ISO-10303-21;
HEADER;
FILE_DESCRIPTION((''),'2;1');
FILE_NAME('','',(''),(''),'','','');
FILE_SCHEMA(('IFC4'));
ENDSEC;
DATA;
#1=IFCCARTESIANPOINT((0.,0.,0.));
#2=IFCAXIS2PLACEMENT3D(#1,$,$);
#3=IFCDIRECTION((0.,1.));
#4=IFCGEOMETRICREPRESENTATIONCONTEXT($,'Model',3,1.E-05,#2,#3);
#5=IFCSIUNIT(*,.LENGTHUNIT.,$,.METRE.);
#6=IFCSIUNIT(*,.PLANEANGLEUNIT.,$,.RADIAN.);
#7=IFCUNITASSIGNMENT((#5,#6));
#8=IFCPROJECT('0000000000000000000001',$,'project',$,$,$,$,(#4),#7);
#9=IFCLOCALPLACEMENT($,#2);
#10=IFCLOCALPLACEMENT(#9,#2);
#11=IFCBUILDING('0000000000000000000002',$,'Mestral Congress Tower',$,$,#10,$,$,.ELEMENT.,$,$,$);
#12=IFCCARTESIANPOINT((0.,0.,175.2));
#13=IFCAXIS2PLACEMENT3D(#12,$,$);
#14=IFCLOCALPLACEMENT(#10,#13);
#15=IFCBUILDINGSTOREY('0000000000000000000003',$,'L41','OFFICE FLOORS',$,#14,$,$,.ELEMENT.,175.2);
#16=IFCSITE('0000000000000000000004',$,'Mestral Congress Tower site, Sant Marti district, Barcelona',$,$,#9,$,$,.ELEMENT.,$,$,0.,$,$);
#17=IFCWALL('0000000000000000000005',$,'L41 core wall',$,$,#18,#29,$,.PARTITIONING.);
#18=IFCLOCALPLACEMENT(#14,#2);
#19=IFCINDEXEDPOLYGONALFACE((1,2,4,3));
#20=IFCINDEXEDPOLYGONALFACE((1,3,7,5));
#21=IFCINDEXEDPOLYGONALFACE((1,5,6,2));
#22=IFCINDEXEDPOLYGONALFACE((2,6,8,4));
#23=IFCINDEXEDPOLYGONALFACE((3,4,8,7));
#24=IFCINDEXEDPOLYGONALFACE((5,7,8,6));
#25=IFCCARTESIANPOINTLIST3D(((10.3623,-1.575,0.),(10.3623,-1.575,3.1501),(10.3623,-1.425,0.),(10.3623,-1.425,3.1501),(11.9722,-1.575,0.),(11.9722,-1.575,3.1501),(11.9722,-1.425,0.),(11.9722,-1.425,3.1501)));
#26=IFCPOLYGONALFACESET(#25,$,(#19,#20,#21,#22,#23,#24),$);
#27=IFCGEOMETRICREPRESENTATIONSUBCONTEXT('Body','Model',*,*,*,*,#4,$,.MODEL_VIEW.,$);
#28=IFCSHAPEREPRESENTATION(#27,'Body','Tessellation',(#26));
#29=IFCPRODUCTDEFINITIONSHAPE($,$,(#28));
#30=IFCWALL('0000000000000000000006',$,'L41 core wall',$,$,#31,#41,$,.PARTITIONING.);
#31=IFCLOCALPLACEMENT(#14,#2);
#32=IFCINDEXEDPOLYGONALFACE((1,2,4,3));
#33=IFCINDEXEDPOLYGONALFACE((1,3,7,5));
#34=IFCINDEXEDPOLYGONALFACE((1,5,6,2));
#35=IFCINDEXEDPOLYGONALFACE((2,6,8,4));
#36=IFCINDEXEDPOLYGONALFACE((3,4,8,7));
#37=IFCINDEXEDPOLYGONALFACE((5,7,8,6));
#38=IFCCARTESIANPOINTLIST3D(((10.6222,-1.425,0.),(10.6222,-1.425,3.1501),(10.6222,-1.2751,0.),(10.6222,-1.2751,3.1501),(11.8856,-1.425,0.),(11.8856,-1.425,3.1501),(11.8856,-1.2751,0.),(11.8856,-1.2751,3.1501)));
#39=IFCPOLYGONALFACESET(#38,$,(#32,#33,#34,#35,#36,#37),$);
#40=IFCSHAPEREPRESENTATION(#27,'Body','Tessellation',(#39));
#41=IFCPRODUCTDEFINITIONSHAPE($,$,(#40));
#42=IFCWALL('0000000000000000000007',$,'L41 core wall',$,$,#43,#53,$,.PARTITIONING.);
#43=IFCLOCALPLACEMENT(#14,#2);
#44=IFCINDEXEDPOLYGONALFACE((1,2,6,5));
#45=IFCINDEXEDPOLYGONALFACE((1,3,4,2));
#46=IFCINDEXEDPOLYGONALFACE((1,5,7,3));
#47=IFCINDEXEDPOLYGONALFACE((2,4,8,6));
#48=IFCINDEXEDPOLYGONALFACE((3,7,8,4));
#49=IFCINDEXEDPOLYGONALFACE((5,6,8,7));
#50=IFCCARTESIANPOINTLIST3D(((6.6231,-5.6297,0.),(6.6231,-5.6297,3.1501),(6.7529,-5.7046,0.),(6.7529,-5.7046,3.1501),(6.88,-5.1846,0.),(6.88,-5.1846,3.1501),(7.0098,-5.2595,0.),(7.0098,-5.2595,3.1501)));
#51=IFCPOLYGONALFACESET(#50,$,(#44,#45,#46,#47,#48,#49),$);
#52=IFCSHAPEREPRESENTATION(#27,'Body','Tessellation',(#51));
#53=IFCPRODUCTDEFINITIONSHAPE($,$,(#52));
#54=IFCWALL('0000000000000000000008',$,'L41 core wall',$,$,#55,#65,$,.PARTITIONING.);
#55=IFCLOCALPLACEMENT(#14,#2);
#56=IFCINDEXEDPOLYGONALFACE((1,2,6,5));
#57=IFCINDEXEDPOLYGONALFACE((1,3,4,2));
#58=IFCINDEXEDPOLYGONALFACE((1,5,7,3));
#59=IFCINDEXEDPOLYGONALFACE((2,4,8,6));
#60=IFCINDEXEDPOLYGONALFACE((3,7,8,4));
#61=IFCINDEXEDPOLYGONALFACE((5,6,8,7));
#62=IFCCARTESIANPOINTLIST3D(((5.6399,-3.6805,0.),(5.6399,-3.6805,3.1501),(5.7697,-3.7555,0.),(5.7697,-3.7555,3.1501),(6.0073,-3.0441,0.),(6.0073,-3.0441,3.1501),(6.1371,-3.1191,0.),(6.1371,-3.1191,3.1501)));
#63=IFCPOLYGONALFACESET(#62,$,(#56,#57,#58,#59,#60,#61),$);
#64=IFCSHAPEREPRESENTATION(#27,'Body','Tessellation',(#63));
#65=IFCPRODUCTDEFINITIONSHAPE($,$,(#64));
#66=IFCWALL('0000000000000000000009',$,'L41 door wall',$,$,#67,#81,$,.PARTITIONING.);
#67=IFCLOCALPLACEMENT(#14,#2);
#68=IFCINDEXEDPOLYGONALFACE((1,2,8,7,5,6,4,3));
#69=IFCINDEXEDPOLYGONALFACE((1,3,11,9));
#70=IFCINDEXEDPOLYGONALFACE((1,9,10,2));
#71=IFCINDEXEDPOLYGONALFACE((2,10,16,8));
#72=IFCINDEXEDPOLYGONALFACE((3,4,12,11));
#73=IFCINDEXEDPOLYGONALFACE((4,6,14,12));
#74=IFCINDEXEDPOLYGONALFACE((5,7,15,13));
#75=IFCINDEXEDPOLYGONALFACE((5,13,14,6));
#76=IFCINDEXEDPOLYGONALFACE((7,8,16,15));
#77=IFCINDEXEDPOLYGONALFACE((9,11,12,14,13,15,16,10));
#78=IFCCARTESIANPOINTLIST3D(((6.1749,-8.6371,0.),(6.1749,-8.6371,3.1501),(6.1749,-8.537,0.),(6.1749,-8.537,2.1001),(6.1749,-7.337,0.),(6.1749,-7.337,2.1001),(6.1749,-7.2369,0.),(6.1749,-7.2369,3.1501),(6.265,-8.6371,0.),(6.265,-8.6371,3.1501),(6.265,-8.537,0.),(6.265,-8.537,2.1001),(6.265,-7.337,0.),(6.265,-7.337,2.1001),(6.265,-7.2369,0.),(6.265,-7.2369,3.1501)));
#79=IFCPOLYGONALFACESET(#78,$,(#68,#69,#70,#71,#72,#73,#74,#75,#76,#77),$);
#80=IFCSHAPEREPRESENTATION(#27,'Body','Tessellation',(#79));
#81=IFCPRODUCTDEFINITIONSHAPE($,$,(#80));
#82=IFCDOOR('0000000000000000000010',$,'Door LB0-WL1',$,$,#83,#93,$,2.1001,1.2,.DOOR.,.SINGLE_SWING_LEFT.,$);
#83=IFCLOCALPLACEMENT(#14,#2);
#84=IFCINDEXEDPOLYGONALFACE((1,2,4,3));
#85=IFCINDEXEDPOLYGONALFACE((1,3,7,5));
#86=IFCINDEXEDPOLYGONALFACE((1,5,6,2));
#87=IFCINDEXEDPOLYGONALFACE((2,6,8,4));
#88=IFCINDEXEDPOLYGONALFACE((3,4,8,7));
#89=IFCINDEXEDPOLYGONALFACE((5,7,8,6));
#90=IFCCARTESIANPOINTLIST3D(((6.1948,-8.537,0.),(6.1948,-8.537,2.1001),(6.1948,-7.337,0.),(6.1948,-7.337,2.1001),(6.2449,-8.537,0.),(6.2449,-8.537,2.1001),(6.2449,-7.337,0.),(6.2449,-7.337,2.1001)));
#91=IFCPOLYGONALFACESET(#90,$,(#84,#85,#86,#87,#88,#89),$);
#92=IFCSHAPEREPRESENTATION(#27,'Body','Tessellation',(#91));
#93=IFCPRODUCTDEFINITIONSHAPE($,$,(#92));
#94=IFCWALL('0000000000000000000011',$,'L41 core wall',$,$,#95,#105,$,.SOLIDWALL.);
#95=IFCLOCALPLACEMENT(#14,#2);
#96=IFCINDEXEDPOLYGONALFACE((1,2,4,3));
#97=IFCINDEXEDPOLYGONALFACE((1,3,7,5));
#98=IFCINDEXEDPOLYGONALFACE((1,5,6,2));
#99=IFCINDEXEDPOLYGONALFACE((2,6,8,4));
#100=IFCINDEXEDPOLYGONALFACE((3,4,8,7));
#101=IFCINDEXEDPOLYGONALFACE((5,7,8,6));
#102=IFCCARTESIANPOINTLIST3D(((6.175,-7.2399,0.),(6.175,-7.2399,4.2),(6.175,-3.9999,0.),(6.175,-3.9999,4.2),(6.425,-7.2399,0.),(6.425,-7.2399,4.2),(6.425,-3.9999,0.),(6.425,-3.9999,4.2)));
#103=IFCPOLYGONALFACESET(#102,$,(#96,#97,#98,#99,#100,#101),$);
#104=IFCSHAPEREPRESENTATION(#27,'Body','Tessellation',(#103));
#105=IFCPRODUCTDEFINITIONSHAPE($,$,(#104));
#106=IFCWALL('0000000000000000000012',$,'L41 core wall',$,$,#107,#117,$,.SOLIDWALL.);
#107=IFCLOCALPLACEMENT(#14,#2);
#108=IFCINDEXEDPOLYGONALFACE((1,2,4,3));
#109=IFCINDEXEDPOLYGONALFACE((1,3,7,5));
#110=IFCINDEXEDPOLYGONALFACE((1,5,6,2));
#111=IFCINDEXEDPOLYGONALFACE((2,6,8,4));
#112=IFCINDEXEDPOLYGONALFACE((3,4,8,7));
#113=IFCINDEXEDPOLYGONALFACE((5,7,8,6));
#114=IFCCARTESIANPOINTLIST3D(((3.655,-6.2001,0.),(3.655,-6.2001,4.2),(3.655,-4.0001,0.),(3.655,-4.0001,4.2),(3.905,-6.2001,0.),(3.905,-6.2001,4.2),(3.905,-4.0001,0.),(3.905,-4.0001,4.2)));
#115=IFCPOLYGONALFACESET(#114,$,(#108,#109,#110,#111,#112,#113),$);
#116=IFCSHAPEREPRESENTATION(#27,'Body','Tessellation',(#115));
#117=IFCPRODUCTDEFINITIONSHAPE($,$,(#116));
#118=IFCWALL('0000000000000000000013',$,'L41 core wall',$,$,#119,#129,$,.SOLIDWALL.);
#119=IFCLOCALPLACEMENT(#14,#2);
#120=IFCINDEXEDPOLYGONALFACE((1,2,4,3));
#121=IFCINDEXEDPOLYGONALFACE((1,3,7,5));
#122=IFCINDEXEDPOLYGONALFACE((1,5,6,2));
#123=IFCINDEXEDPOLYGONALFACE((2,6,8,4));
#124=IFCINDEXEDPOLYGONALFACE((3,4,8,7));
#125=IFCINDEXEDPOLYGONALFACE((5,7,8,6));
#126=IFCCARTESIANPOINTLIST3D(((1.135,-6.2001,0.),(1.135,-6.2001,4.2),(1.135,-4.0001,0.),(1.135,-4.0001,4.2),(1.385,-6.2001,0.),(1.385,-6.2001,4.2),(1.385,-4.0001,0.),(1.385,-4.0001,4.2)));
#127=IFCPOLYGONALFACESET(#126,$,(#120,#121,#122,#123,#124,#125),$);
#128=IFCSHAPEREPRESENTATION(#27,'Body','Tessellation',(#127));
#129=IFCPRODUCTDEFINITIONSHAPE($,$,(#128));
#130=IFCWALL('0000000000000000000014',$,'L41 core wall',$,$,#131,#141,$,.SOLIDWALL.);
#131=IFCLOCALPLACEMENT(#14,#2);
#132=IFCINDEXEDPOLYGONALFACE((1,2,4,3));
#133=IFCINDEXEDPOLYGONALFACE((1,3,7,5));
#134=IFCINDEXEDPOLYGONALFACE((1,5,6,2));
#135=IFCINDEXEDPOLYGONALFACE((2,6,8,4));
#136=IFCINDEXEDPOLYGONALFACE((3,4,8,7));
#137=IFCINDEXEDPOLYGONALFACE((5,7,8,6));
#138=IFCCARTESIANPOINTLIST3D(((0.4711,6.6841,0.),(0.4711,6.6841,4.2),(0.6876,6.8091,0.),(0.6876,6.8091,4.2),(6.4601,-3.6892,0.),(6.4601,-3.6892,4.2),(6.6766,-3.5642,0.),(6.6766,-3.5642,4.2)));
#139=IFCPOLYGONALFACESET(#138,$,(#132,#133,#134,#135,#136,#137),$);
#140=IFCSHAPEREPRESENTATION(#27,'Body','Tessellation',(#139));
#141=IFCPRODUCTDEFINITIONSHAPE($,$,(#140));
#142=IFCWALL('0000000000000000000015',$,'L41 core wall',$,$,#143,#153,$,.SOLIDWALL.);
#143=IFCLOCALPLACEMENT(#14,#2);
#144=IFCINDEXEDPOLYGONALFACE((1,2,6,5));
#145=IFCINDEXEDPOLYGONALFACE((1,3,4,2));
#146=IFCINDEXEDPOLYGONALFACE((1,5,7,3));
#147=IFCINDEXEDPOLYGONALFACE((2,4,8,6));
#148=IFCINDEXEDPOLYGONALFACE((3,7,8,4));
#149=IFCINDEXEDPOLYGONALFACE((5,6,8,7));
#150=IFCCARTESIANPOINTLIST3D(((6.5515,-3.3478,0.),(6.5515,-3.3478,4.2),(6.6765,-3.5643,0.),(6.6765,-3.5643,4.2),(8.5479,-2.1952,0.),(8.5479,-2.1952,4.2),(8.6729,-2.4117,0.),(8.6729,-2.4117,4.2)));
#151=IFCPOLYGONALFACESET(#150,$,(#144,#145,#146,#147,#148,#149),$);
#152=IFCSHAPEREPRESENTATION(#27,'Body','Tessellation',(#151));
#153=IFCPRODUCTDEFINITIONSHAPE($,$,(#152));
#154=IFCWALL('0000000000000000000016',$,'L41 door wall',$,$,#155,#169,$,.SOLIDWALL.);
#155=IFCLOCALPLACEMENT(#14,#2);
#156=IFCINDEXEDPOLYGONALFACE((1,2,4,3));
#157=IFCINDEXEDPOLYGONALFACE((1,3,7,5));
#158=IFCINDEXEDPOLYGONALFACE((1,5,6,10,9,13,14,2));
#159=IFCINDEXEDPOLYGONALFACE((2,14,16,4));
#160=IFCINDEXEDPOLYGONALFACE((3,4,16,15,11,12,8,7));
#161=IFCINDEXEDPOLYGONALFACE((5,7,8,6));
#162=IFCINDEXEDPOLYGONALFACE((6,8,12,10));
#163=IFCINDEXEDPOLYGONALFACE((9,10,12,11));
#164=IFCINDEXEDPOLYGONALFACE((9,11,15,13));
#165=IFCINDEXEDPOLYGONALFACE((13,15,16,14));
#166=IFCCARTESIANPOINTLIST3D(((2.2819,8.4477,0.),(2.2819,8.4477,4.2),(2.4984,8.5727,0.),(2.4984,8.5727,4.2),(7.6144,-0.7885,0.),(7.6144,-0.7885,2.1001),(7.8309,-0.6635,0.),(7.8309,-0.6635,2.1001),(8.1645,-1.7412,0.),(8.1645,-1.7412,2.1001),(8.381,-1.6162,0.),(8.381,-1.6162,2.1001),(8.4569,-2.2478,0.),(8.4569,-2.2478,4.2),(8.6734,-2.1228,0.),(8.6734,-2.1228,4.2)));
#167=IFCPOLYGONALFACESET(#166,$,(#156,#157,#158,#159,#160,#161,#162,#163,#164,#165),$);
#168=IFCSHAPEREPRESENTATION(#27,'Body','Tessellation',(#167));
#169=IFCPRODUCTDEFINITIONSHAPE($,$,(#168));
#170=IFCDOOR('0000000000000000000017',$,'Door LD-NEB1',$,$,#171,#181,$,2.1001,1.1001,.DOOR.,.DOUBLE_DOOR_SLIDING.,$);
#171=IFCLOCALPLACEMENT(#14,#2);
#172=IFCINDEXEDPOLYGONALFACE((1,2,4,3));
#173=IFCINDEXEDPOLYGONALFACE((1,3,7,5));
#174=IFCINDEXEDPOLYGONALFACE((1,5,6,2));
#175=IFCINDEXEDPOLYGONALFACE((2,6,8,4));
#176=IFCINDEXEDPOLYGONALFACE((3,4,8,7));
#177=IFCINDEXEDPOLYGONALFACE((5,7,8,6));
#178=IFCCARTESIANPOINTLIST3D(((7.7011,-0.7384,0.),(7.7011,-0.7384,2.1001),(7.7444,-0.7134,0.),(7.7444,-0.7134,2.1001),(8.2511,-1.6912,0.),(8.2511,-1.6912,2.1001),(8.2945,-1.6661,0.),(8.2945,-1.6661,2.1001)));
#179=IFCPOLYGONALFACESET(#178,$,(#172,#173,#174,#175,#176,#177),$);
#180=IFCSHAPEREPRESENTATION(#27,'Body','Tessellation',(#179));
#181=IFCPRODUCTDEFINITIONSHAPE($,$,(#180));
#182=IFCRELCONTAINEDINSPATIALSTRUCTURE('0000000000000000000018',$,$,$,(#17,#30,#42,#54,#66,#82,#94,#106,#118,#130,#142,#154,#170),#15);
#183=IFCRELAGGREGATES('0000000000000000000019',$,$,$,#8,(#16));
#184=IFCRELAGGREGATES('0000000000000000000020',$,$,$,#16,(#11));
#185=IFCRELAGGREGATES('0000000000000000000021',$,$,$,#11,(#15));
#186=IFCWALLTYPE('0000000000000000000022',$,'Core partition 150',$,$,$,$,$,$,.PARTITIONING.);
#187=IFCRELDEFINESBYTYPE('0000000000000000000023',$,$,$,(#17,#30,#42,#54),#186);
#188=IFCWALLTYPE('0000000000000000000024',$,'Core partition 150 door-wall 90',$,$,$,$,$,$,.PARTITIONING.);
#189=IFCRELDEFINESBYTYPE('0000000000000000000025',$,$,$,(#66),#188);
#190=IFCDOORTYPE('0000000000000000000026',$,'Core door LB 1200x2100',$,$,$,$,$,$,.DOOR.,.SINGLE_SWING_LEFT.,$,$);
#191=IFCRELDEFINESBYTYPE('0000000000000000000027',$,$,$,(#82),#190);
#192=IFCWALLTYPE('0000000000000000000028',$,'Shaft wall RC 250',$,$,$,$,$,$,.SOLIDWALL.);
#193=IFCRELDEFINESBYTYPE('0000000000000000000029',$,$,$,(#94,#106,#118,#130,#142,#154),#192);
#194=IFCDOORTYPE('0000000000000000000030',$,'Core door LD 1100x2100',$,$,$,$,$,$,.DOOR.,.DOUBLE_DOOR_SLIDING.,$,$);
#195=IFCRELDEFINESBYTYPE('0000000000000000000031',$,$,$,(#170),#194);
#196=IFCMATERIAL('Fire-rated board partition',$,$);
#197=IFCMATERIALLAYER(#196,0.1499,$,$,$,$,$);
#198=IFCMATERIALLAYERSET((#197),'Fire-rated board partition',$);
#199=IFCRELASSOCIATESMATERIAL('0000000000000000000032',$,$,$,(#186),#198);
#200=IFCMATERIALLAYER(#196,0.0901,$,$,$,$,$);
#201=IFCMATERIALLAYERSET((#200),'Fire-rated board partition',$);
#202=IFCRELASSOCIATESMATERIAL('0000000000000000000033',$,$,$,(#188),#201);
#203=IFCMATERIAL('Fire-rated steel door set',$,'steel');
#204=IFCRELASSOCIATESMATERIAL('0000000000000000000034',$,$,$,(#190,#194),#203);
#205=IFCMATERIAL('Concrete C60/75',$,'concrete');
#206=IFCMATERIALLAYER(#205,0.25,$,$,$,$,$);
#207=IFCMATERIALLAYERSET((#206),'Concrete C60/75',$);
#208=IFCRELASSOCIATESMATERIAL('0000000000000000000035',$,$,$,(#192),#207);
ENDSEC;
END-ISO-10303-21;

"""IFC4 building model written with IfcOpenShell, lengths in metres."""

from ifc_helpers import new_model, si_unit, direction, frame, frame_2d, origin, place, context, subcontext, project, spatial, rectangle, extrude, material, layer, layer_set, type_object, element, fill, save


model = new_model("IFC4")

# Units and contexts
model_context = context("Model", 3, precision=1e-05, world=origin(), true_north=direction((0.0, 1.0)))
body_context = subcontext(model_context, "Body", "Model", "MODEL_VIEW")
ifc_project = project(units=[si_unit("LENGTHUNIT", "METRE"), si_unit("PLANEANGLEUNIT", "RADIAN")], contexts=[model_context])

# Site, building, storey
site_placement = place(None, origin())
site = spatial("IfcSite", under=ifc_project, at=site_placement, Name="Mestral Congress Tower site, Sant Marti district, Barcelona", CompositionType="ELEMENT", RefElevation=0.0)
building_placement = place(site_placement, origin())
building = spatial("IfcBuilding", under=site, at=building_placement, Name="Mestral Congress Tower", CompositionType="ELEMENT")
storey_placement = place(building_placement, frame((0.0, 0.0, 175.2)))
storey = spatial("IfcBuildingStorey", under=building, at=storey_placement, Name="L41", Description="OFFICE FLOORS", CompositionType="ELEMENT", Elevation=175.2)

# Walls
ifc_material_1 = material(Name="Fire-rated board partition")
ifc_layer_1 = layer(ifc_material_1, 0.1499)
ifc_layer_set_1 = layer_set([ifc_layer_1], Name="Fire-rated board partition")
wall_type_1 = type_object("IfcWallType", Name="Core partition 150", PredefinedType="PARTITIONING", material=ifc_layer_set_1)
wall_1_placement = place(storey_placement, frame((10.3623, -1.5, 0.0), z_axis=(0.0, 0.0, 1.0), x_axis=(1.0, 0.0, 0.0)))
element("IfcWall", 1, at=wall_1_placement, inside=storey, type_object=wall_type_1, Name="L41 core wall", PredefinedType="PARTITIONING", context=body_context, shape_type="SweptSolid", body=[
    extrude(rectangle(XDim=1.6099, YDim=0.1499, at=frame_2d((0.8049, 0.0))), origin(), (0.0, 0.0, 1.0), 3.1501),
])
wall_2_placement = place(storey_placement, frame((10.6221, -1.3501, 0.0), z_axis=(0.0, 0.0, 1.0), x_axis=(1.0, 0.0, 0.0)))
element("IfcWall", 2, at=wall_2_placement, inside=storey, type_object=wall_type_1, Name="L41 core wall", PredefinedType="PARTITIONING", context=body_context, shape_type="SweptSolid", body=[
    extrude(rectangle(XDim=1.2634, YDim=0.1499, at=frame_2d((0.6318, 0.0))), origin(), (0.0, 0.0, 1.0), 3.1501),
])
wall_3_placement = place(storey_placement, frame((6.9448, -5.2222, 0.0), z_axis=(0.0, 0.0, 1.0), x_axis=(-0.499818, -0.86613, 0.0)))
element("IfcWall", 3, at=wall_3_placement, inside=storey, type_object=wall_type_1, Name="L41 core wall", PredefinedType="PARTITIONING", context=body_context, shape_type="SweptSolid", body=[
    extrude(rectangle(XDim=0.5139, YDim=0.1499, at=frame_2d((0.2568, 0.0))), origin(), (0.0, 0.0, 1.0), 3.1501),
])
wall_4_placement = place(storey_placement, frame((5.7048, -3.718, 0.0), z_axis=(0.0, 0.0, 1.0), x_axis=(0.499962, 0.866047, 0.0)))
element("IfcWall", 4, at=wall_4_placement, inside=storey, type_object=wall_type_1, Name="L41 core wall", PredefinedType="PARTITIONING", context=body_context, shape_type="SweptSolid", body=[
    extrude(rectangle(XDim=0.7349, YDim=0.1499, at=frame_2d((0.3674, 0.0))), origin(), (0.0, 0.0, 1.0), 3.1501),
])

# Wall, opening, door
ifc_layer_2 = layer(ifc_material_1, 0.0901)
ifc_layer_set_2 = layer_set([ifc_layer_2], Name="Fire-rated board partition")
wall_type_2 = type_object("IfcWallType", Name="Core partition 150 door-wall 90", PredefinedType="PARTITIONING", material=ifc_layer_set_2)
wall_5_placement = place(storey_placement, frame((6.22, -7.2368, 0.0), z_axis=(0.0, 0.0, 1.0), x_axis=(0.0, -1.0, 0.0)))
wall_5 = element("IfcWall", 5, at=wall_5_placement, inside=storey, type_object=wall_type_2, Name="L41 door wall", PredefinedType="PARTITIONING", context=body_context, shape_type="SweptSolid", body=[
    extrude(rectangle(XDim=1.4001, YDim=0.0901, at=frame_2d((0.7002, 0.0))), origin(), (0.0, 0.0, 1.0), 3.1501),
])
opening_1_placement = place(wall_5_placement, frame((0.1001, 0.0, 0.0)))
opening_1 = element("IfcOpeningElement", 6, at=opening_1_placement, cuts=wall_5, PredefinedType="OPENING", context=body_context, shape_type="SweptSolid", body=[
    extrude(rectangle(XDim=1.2, YDim=2.1001, at=frame_2d((0.6001, 1.05))), frame((0.0, 0.0549, 0.0), z_axis=(0.0, -1.0, 0.0), x_axis=(1.0, 0.0, 0.0)), (0.0, 0.0, 1.0), 0.1101),
])
ifc_material_2 = material(Name="Fire-rated steel door set", Category="steel")
door_type_1 = type_object("IfcDoorType", Name="Core door LB 1200x2100", OperationType="SINGLE_SWING_LEFT", PredefinedType="DOOR", material=ifc_material_2)
door_1_placement = place(opening_1_placement, origin())
door_1 = element("IfcDoor", 7, at=door_1_placement, inside=storey, type_object=door_type_1, Name="Door LB0-WL1", OperationType="SINGLE_SWING_LEFT", OverallHeight=2.1001, OverallWidth=1.2, PredefinedType="DOOR", context=body_context, shape_type="SweptSolid", body=[
    extrude(rectangle(XDim=1.2, YDim=2.1001, at=frame_2d((0.6001, 1.05))), frame((0.0, 0.0249, 0.0), z_axis=(0.0, -1.0, 0.0), x_axis=(1.0, 0.0, 0.0)), (0.0, 0.0, 1.0), 0.05),
])
fill(opening_1, door_1)

# Walls
ifc_material_3 = material(Name="Concrete C60/75", Category="concrete")
ifc_layer_3 = layer(ifc_material_3, 0.25)
ifc_layer_set_3 = layer_set([ifc_layer_3], Name="Concrete C60/75")
wall_type_3 = type_object("IfcWallType", Name="Shaft wall RC 250", PredefinedType="SOLIDWALL", material=ifc_layer_set_3)
wall_6_placement = place(storey_placement, frame((6.3, -7.24, 0.0), z_axis=(0.0, 0.0, 1.0), x_axis=(0.0, 1.0, 0.0)))
element("IfcWall", 8, at=wall_6_placement, inside=storey, type_object=wall_type_3, Name="L41 core wall", PredefinedType="SOLIDWALL", context=body_context, shape_type="SweptSolid", body=[
    extrude(rectangle(XDim=3.24, YDim=0.25, at=frame_2d((1.6201, 0.0))), origin(), (0.0, 0.0, 1.0), 4.2),
])
for number, where, z_axis, x_axis, name in (
    (9, (3.78, -4.0, 0.0), (0.0, 0.0, 1.0), (0.0, -1.0, 0.0), "L41 core wall"),
    (10, (1.26, -4.0, 0.0), (0.0, 0.0, 1.0), (0.0, -1.0, 0.0), "L41 core wall"),
):
    element("IfcWall", number, at=place(storey_placement, frame(where, z_axis=z_axis, x_axis=x_axis)), inside=storey, type_object=wall_type_3, Name=name, PredefinedType="SOLIDWALL", context=body_context, shape_type="SweptSolid", body=[
        extrude(rectangle(XDim=2.2, YDim=0.25, at=frame_2d((1.1001, 0.0))), origin(), (0.0, 0.0, 1.0), 4.2),
    ])
wall_7_placement = place(storey_placement, frame((6.5684, -3.6267, 0.0), z_axis=(0.0, 0.0, 1.0), x_axis=(-0.499999, 0.866026, 0.0)))
element("IfcWall", 11, at=wall_7_placement, inside=storey, type_object=wall_type_3, Name="L41 core wall", PredefinedType="SOLIDWALL", context=body_context, shape_type="SweptSolid", body=[
    extrude(rectangle(XDim=11.978, YDim=0.25, at=frame_2d((5.989, 0.0))), origin(), (0.0, 0.0, 1.0), 4.2),
])
wall_8_placement = place(storey_placement, frame((6.614, -3.4561, 0.0), z_axis=(0.0, 0.0, 1.0), x_axis=(0.866025, 0.500001, 0.0)))
element("IfcWall", 12, at=wall_8_placement, inside=storey, type_object=wall_type_3, Name="L41 core wall", PredefinedType="SOLIDWALL", context=body_context, shape_type="SweptSolid", body=[
    extrude(rectangle(XDim=2.3052, YDim=0.25, at=frame_2d((1.1526, 0.0))), origin(), (0.0, 0.0, 1.0), 4.2),
])

# Wall, opening, door
wall_9_placement = place(storey_placement, frame((8.5652, -2.1853, 0.0), z_axis=(0.0, 0.0, 1.0), x_axis=(-0.499998, 0.866027, 0.0)))
wall_9 = element("IfcWall", 13, at=wall_9_placement, inside=storey, type_object=wall_type_3, Name="L41 door wall", PredefinedType="SOLIDWALL", context=body_context, shape_type="SweptSolid", body=[
    extrude(rectangle(XDim=12.3501, YDim=0.25, at=frame_2d((6.175, 0.0))), origin(), (0.0, 0.0, 1.0), 4.2),
])
opening_2_placement = place(wall_9_placement, frame((0.585, 0.0, 0.0)))
opening_2 = element("IfcOpeningElement", 14, at=opening_2_placement, cuts=wall_9, PredefinedType="OPENING", context=body_context, shape_type="SweptSolid", body=[
    extrude(rectangle(XDim=1.1001, YDim=2.1001, at=frame_2d((0.55, 1.05))), frame((0.0, 0.135, 0.0), z_axis=(0.0, -1.0, 0.0), x_axis=(1.0, 0.0, 0.0)), (0.0, 0.0, 1.0), 0.27),
])
door_type_2 = type_object("IfcDoorType", Name="Core door LD 1100x2100", OperationType="DOUBLE_DOOR_SLIDING", PredefinedType="DOOR", material=ifc_material_2)
door_2_placement = place(opening_2_placement, origin())
door_2 = element("IfcDoor", 15, at=door_2_placement, inside=storey, type_object=door_type_2, Name="Door LD-NEB1", OperationType="DOUBLE_DOOR_SLIDING", OverallHeight=2.1001, OverallWidth=1.1001, PredefinedType="DOOR", context=body_context, shape_type="SweptSolid", body=[
    extrude(rectangle(XDim=1.1001, YDim=2.1001, at=frame_2d((0.55, 1.05))), frame((0.0, 0.0249, 0.0), z_axis=(0.0, -1.0, 0.0), x_axis=(1.0, 0.0, 0.0)), (0.0, 0.0, 1.0), 0.05),
])
fill(opening_2, door_2)

save(model, "model.ifc")
